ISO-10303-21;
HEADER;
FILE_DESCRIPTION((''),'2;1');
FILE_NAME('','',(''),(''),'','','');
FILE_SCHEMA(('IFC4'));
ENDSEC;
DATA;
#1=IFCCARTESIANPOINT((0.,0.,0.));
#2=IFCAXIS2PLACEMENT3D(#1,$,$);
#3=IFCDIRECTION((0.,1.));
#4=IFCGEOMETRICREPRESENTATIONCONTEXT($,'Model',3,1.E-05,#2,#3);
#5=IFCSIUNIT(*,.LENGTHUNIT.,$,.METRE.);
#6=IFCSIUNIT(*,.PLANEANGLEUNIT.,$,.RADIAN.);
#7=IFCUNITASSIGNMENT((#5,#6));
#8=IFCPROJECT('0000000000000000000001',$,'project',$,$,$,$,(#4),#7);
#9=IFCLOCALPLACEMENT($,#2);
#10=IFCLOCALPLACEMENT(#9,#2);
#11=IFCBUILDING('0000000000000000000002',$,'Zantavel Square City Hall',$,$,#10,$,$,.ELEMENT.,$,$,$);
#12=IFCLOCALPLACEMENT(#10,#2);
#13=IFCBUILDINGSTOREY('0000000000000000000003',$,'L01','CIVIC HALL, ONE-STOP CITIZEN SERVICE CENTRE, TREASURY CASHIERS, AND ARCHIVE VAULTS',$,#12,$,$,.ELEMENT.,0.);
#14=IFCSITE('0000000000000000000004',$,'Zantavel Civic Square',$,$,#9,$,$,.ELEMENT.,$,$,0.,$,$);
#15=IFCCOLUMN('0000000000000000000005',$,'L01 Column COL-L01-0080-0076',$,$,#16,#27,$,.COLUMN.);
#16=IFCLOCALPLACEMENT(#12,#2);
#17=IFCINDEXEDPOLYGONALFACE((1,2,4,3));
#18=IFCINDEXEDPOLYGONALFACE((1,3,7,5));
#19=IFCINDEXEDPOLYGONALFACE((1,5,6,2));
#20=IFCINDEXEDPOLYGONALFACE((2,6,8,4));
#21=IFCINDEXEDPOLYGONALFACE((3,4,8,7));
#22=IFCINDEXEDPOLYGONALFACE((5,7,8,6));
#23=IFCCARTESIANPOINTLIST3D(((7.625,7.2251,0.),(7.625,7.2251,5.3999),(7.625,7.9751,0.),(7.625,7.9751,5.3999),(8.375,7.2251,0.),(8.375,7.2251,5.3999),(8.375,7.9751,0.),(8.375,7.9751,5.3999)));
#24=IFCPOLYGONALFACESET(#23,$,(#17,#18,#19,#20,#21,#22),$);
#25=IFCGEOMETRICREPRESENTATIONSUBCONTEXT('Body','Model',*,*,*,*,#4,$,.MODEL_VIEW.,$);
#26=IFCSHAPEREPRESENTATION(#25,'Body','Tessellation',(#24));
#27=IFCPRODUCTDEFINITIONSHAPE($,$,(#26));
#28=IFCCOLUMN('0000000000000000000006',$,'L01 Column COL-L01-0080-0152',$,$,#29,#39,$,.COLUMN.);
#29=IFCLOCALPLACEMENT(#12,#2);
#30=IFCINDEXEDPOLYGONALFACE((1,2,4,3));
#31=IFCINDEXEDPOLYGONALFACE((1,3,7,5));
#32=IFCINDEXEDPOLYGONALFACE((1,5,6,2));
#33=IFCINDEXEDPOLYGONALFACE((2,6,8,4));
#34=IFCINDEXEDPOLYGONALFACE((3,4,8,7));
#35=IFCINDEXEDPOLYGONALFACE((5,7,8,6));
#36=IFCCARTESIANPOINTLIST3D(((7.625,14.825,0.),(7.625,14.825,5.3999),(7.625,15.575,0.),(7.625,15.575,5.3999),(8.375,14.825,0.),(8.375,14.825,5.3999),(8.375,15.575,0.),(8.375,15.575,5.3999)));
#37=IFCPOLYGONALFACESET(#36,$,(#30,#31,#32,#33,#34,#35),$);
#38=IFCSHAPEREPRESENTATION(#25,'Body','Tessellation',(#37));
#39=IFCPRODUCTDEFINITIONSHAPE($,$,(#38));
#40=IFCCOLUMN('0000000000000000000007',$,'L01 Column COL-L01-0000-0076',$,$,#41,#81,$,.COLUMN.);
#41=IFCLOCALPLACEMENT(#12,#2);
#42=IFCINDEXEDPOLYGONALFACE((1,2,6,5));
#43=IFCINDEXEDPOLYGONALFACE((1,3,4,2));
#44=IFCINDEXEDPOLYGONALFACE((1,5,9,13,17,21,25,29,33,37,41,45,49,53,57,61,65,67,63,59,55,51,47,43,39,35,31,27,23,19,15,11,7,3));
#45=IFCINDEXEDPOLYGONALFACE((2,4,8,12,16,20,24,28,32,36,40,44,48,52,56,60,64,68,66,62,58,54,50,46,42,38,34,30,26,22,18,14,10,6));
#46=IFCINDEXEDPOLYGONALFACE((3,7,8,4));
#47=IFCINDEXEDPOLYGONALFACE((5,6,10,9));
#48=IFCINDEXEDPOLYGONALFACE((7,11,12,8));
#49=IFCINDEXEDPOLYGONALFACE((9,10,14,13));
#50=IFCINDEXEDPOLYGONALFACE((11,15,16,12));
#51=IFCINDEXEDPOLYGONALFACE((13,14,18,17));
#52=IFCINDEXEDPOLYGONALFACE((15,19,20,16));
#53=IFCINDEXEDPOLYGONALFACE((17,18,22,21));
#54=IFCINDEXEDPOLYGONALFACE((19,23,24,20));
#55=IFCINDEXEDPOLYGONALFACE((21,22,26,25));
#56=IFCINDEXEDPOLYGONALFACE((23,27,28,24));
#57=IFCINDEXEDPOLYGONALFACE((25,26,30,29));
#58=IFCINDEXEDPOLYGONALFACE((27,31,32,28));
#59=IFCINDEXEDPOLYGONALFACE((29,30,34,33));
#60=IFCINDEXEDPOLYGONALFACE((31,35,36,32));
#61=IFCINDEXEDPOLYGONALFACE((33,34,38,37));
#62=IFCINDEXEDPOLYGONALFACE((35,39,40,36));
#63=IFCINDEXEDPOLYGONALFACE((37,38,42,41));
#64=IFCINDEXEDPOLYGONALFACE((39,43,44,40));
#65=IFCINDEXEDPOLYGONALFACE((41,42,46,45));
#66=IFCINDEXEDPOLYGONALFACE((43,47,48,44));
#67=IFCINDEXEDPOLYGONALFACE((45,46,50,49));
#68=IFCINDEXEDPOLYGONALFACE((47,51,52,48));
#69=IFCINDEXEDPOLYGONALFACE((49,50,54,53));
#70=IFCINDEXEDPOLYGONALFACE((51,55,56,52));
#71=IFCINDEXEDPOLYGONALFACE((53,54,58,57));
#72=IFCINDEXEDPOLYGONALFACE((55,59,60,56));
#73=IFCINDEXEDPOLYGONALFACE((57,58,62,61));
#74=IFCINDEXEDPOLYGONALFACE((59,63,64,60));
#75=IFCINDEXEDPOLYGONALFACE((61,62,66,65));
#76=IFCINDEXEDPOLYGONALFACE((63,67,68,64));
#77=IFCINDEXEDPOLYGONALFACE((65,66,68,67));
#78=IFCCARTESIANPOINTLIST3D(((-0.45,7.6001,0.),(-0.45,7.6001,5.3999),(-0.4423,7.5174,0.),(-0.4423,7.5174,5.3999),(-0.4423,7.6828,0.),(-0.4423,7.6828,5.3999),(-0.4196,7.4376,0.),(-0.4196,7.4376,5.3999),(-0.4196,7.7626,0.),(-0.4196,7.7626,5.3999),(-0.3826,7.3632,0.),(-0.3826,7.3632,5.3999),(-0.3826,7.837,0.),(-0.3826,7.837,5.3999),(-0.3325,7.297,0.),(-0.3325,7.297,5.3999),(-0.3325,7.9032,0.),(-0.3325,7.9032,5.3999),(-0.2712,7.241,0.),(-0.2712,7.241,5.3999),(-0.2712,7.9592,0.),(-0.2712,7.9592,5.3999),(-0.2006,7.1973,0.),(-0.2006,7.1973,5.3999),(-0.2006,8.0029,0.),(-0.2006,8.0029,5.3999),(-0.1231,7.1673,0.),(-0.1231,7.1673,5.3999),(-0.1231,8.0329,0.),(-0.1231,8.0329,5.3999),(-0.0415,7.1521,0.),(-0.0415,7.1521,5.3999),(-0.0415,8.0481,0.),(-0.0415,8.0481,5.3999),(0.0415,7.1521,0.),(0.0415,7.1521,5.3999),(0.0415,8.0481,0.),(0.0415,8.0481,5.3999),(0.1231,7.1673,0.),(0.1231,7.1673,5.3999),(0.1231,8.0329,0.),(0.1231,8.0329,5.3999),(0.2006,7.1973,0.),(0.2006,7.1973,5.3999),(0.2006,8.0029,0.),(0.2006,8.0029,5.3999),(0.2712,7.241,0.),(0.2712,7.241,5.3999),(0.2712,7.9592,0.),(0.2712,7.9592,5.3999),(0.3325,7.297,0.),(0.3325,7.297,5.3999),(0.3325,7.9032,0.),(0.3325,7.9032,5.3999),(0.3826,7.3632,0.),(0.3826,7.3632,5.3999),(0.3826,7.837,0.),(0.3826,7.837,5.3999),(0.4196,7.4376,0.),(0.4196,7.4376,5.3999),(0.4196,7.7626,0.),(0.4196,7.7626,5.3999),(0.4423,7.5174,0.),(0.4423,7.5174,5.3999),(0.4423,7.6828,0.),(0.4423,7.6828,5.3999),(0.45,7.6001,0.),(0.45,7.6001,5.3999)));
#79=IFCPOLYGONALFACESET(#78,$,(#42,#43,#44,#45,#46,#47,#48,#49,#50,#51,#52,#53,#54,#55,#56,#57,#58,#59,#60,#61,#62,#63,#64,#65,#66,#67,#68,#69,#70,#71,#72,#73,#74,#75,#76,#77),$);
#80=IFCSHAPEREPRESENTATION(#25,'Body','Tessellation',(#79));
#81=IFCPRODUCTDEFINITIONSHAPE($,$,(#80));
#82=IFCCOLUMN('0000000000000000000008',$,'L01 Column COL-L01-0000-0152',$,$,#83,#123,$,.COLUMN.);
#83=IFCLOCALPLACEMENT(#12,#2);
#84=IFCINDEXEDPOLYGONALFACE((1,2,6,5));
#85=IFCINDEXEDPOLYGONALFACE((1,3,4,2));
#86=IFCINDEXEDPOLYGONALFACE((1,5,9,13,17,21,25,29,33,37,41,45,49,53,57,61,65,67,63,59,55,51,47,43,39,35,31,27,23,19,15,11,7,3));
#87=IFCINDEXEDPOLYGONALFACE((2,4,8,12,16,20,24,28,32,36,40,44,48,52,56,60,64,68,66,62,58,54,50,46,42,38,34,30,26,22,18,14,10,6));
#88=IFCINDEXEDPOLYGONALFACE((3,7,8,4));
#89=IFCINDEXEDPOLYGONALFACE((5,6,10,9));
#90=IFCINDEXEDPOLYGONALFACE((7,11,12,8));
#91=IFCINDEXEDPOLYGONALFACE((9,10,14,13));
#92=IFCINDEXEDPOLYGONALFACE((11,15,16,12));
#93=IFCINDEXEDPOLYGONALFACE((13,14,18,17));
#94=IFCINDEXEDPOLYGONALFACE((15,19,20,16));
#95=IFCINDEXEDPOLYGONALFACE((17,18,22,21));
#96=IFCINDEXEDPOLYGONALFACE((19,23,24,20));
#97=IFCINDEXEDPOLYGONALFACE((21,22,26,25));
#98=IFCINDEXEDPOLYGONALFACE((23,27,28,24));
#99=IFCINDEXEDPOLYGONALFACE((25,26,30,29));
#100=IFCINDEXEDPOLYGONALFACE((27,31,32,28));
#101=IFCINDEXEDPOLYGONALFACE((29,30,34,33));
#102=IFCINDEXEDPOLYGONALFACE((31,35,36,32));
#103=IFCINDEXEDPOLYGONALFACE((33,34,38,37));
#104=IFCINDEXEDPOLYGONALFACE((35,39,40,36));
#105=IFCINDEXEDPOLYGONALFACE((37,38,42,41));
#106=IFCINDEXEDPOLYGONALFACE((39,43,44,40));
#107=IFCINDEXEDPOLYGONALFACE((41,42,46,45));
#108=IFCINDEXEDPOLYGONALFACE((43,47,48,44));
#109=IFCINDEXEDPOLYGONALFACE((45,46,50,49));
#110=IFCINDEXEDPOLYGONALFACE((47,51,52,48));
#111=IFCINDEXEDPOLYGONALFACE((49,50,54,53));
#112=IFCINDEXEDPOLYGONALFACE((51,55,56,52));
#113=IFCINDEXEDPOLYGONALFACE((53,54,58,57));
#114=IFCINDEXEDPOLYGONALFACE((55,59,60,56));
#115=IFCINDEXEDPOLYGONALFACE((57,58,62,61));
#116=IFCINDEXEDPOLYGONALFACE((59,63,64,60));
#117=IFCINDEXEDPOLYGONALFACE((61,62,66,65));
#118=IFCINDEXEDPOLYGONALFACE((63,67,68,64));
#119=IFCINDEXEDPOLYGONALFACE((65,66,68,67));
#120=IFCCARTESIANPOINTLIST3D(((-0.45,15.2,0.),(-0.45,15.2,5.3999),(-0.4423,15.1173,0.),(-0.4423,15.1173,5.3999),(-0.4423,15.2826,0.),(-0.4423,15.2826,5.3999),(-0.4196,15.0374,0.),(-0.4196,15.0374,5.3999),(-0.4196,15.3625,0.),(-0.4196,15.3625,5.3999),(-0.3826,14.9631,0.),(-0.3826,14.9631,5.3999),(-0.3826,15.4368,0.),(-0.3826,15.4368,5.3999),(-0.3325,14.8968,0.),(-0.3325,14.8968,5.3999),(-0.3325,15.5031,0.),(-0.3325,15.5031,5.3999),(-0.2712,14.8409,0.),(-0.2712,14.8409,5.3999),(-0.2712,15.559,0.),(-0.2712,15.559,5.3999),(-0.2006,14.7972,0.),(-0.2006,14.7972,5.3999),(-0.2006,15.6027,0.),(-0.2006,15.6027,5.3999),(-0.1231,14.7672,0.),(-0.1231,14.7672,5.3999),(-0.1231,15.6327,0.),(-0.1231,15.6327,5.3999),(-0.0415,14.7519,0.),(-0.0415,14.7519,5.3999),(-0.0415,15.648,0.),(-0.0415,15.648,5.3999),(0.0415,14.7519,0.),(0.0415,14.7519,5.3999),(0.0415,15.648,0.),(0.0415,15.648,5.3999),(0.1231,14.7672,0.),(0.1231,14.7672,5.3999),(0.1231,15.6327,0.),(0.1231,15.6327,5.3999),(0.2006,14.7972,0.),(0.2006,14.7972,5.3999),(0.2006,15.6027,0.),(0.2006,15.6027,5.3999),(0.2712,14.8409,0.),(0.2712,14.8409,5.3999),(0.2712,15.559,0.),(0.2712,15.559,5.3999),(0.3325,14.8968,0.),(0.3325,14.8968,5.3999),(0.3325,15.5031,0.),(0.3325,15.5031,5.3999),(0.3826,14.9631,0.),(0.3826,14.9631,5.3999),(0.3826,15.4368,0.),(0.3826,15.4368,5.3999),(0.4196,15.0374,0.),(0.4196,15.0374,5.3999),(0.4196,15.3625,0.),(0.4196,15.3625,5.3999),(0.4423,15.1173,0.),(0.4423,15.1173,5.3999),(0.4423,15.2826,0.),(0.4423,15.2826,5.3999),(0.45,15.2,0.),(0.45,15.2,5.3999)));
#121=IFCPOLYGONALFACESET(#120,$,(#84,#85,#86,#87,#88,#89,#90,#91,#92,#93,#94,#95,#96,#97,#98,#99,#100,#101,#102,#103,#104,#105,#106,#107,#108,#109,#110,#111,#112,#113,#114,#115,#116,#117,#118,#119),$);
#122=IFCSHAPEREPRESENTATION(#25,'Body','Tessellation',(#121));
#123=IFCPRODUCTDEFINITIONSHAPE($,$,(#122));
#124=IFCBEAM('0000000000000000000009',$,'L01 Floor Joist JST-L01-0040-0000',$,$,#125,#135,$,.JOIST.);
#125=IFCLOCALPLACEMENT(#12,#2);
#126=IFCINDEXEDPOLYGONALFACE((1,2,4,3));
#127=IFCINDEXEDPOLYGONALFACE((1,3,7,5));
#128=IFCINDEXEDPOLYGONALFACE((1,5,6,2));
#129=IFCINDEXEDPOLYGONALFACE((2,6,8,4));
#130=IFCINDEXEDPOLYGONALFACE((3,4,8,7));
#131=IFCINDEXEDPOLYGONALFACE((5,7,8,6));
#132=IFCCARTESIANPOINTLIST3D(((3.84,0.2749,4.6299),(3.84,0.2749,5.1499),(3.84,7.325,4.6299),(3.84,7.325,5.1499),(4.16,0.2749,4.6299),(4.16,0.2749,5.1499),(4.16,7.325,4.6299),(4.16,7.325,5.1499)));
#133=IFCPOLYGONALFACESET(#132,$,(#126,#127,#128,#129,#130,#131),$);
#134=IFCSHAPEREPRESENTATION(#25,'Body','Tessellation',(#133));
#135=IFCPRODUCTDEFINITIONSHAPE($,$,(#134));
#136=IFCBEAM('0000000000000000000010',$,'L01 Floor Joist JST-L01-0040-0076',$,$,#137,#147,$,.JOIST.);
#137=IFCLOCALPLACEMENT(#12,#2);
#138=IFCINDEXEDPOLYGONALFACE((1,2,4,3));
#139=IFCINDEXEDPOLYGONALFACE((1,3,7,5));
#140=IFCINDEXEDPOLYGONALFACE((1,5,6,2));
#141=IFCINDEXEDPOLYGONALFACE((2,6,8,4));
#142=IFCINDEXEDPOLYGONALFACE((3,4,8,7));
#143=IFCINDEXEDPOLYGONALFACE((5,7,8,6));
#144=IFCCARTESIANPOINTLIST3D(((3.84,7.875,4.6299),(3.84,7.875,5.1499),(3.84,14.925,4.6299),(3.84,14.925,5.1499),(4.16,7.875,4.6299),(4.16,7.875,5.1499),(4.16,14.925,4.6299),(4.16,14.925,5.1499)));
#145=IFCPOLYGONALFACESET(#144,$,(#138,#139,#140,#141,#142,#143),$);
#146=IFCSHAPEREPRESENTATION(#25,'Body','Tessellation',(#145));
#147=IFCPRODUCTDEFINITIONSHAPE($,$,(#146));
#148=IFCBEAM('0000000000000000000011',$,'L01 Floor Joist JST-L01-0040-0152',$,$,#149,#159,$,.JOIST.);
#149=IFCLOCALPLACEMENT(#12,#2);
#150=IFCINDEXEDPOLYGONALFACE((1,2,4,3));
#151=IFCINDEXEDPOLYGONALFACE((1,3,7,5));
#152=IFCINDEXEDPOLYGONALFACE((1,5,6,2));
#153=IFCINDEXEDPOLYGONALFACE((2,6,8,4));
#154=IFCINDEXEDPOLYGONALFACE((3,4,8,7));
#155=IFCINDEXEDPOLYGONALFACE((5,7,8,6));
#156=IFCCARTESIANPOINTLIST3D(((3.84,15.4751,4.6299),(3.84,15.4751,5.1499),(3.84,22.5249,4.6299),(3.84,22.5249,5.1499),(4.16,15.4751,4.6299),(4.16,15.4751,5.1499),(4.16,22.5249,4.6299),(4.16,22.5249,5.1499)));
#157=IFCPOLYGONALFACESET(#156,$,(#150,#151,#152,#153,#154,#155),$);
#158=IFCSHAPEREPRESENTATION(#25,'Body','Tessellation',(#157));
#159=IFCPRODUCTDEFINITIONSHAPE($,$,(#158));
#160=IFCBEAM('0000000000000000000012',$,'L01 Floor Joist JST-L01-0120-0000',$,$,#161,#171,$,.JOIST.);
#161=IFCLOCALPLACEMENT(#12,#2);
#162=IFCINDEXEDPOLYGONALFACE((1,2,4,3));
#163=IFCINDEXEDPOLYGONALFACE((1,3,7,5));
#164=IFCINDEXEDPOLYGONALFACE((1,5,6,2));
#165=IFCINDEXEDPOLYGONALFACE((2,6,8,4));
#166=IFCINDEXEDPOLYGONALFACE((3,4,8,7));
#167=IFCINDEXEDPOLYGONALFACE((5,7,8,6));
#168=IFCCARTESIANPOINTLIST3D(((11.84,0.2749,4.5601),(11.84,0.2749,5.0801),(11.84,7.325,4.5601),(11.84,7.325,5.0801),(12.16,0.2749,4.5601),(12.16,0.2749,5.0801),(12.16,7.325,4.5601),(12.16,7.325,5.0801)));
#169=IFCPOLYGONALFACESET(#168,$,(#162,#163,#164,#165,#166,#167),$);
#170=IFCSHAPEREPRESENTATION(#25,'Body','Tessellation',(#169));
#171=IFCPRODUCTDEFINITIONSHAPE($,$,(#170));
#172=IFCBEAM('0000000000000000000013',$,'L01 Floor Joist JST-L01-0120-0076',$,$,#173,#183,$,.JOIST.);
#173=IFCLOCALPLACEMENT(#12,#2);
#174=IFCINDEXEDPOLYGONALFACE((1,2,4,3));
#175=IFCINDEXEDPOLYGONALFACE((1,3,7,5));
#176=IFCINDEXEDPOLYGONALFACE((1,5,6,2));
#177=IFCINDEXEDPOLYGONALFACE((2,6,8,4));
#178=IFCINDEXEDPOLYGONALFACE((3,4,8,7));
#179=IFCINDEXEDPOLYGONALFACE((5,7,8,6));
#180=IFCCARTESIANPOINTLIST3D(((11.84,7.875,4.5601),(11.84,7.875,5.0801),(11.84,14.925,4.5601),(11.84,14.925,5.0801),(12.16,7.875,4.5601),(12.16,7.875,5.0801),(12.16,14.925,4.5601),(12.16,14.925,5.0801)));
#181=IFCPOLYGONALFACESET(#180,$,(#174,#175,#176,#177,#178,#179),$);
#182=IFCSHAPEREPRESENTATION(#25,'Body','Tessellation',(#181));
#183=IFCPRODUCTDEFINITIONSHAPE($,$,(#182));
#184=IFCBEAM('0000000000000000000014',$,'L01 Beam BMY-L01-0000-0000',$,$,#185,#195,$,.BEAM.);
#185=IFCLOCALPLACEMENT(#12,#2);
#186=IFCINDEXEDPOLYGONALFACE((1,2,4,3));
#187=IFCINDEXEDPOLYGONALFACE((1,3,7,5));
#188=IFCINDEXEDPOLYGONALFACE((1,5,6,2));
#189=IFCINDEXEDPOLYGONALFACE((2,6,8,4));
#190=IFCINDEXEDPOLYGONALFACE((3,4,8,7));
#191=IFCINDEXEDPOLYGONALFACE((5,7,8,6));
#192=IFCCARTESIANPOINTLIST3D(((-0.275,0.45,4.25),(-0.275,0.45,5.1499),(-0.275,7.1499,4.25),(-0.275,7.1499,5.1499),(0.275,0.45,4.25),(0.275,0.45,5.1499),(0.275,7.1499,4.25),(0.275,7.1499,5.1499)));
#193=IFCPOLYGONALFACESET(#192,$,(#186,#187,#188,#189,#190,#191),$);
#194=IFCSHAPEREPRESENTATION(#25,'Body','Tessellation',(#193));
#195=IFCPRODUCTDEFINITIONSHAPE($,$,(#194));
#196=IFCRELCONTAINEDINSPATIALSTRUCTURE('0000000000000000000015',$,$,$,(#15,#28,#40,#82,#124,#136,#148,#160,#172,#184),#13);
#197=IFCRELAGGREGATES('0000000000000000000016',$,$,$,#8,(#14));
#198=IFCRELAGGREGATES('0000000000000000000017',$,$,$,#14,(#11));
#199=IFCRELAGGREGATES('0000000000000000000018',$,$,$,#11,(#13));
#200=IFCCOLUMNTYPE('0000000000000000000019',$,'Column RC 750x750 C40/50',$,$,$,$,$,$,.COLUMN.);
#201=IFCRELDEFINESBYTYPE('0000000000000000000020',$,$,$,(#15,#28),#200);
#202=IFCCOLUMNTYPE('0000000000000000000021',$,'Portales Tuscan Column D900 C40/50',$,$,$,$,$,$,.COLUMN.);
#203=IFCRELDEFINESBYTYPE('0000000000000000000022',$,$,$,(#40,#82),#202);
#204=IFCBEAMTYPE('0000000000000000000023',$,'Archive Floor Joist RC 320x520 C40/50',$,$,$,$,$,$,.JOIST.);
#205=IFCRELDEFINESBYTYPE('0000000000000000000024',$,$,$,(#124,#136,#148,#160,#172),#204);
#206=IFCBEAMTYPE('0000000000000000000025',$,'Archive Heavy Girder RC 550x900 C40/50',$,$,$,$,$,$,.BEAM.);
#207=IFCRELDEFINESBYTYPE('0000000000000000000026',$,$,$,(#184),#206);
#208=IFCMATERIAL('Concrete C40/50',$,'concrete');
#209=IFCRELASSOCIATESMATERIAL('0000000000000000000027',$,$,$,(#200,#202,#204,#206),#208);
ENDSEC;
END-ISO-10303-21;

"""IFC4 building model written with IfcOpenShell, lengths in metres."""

from ifc_helpers import new_model, si_unit, direction, frame, origin, origin_2d, place, context, subcontext, project, spatial, rectangle, circle, extrude, material, material_profile, profile_set, type_object, element, save


model = new_model("IFC4")

# Units and contexts
model_context = context("Model", 3, precision=1e-05, world=origin(), true_north=direction((0.0, 1.0)))
body_context = subcontext(model_context, "Body", "Model", "MODEL_VIEW")
ifc_project = project(units=[si_unit("LENGTHUNIT", "METRE"), si_unit("PLANEANGLEUNIT", "RADIAN")], contexts=[model_context])

# Site, building, storey
site_placement = place(None, origin())
site = spatial("IfcSite", under=ifc_project, at=site_placement, Name="Zantavel Civic Square", CompositionType="ELEMENT", RefElevation=0.0)
building_placement = place(site_placement, origin())
building = spatial("IfcBuilding", under=site, at=building_placement, Name="Zantavel Square City Hall", CompositionType="ELEMENT")
storey_placement = place(building_placement, origin())
storey = spatial("IfcBuildingStorey", under=building, at=storey_placement, Name="L01", Description="CIVIC HALL, ONE-STOP CITIZEN SERVICE CENTRE, TREASURY CASHIERS, AND ARCHIVE VAULTS", CompositionType="ELEMENT", Elevation=0.0)

# Columns
ifc_material_1 = material(Name="Concrete C40/50", Category="concrete")
ifc_material_profile_1 = material_profile(ifc_material_1, rectangle(XDim=0.75, YDim=0.75, at=origin_2d()), Name="RC 750x750")
ifc_profile_set_1 = profile_set([ifc_material_profile_1], Name="Concrete C40/50")
column_type_1 = type_object("IfcColumnType", Name="Column RC 750x750 C40/50", PredefinedType="COLUMN", material=ifc_profile_set_1)
for number, where, z_axis, x_axis, name in (
    (1, (8.0, 7.6001, 0.0), (0.0, 0.0, 1.0), (1.0, 0.0, 0.0), "L01 Column COL-L01-0080-0076"),
    (2, (8.0, 15.2, 0.0), (0.0, 0.0, 1.0), (1.0, 0.0, 0.0), "L01 Column COL-L01-0080-0152"),
):
    element("IfcColumn", number, at=place(storey_placement, frame(where, z_axis=z_axis, x_axis=x_axis)), inside=storey, type_object=column_type_1, Name=name, PredefinedType="COLUMN", context=body_context, shape_type="SweptSolid", body=[
        extrude(rectangle(XDim=0.75, YDim=0.75, at=origin_2d()), origin(), (0.0, 0.0, 1.0), 5.3999),
    ])
ifc_material_profile_2 = material_profile(ifc_material_1, circle(Radius=0.45, at=origin_2d()), Name="ROUND D900")
ifc_profile_set_2 = profile_set([ifc_material_profile_2], Name="Concrete C40/50")
column_type_2 = type_object("IfcColumnType", Name="Portales Tuscan Column D900 C40/50", PredefinedType="COLUMN", material=ifc_profile_set_2)
for number, where, z_axis, x_axis, name in (
    (3, (0.0, 7.6001, 0.0), (0.0, 0.0, 1.0), (1.0, 0.0, 0.0), "L01 Column COL-L01-0000-0076"),
    (4, (0.0, 15.2, 0.0), (0.0, 0.0, 1.0), (1.0, 0.0, 0.0), "L01 Column COL-L01-0000-0152"),
):
    element("IfcColumn", number, at=place(storey_placement, frame(where, z_axis=z_axis, x_axis=x_axis)), inside=storey, type_object=column_type_2, Name=name, PredefinedType="COLUMN", context=body_context, shape_type="SweptSolid", body=[
        extrude(circle(Radius=0.45, at=origin_2d()), origin(), (0.0, 0.0, 1.0), 5.3999),
    ])

# Beams
ifc_material_profile_3 = material_profile(ifc_material_1, rectangle(XDim=0.3201, YDim=0.52, at=origin_2d()), Name="RC 320x520")
ifc_profile_set_3 = profile_set([ifc_material_profile_3], Name="Concrete C40/50")
beam_type_1 = type_object("IfcBeamType", Name="Archive Floor Joist RC 320x520 C40/50", PredefinedType="JOIST", material=ifc_profile_set_3)
for number, where, z_axis, x_axis, name in (
    (5, (4.0, 0.2749, 4.8899), (0.0, 1.0, 0.0), (-1.0, 0.0, 0.0), "L01 Floor Joist JST-L01-0040-0000"),
    (6, (4.0, 7.875, 4.8899), (0.0, 1.0, 0.0), (-1.0, 0.0, 0.0), "L01 Floor Joist JST-L01-0040-0076"),
):
    element("IfcBeam", number, at=place(storey_placement, frame(where, z_axis=z_axis, x_axis=x_axis)), inside=storey, type_object=beam_type_1, Name=name, PredefinedType="JOIST", context=body_context, shape_type="SweptSolid", body=[
        extrude(rectangle(XDim=0.3201, YDim=0.52, at=origin_2d()), origin(), (0.0, 0.0, 1.0), 7.05),
    ])
beam_1_placement = place(storey_placement, frame((4.0, 15.4751, 4.8899), z_axis=(0.0, 1.0, 0.0), x_axis=(-1.0, 0.0, 0.0)))
element("IfcBeam", 7, at=beam_1_placement, inside=storey, type_object=beam_type_1, Name="L01 Floor Joist JST-L01-0040-0152", PredefinedType="JOIST", context=body_context, shape_type="SweptSolid", body=[
    extrude(rectangle(XDim=0.3201, YDim=0.52, at=origin_2d()), origin(), (0.0, 0.0, 1.0), 7.0498),
])
for number, where, z_axis, x_axis, name in (
    (8, (12.0, 0.2749, 4.8201), (0.0, 1.0, 0.0), (-1.0, 0.0, 0.0), "L01 Floor Joist JST-L01-0120-0000"),
    (9, (12.0, 7.875, 4.8201), (0.0, 1.0, 0.0), (-1.0, 0.0, 0.0), "L01 Floor Joist JST-L01-0120-0076"),
):
    element("IfcBeam", number, at=place(storey_placement, frame(where, z_axis=z_axis, x_axis=x_axis)), inside=storey, type_object=beam_type_1, Name=name, PredefinedType="JOIST", context=body_context, shape_type="SweptSolid", body=[
        extrude(rectangle(XDim=0.3201, YDim=0.52, at=origin_2d()), origin(), (0.0, 0.0, 1.0), 7.05),
    ])
ifc_material_profile_4 = material_profile(ifc_material_1, rectangle(XDim=0.55, YDim=0.8999, at=origin_2d()), Name="RC 550x900")
ifc_profile_set_4 = profile_set([ifc_material_profile_4], Name="Concrete C40/50")
beam_type_2 = type_object("IfcBeamType", Name="Archive Heavy Girder RC 550x900 C40/50", PredefinedType="BEAM", material=ifc_profile_set_4)
beam_2_placement = place(storey_placement, frame((0.0, 0.45, 4.7), z_axis=(0.0, 1.0, 0.0), x_axis=(-1.0, 0.0, 0.0)))
element("IfcBeam", 10, at=beam_2_placement, inside=storey, type_object=beam_type_2, Name="L01 Beam BMY-L01-0000-0000", PredefinedType="BEAM", context=body_context, shape_type="SweptSolid", body=[
    extrude(rectangle(XDim=0.55, YDim=0.8999, at=origin_2d()), origin(), (0.0, 0.0, 1.0), 6.7),
])

save(model, "model.ifc")
